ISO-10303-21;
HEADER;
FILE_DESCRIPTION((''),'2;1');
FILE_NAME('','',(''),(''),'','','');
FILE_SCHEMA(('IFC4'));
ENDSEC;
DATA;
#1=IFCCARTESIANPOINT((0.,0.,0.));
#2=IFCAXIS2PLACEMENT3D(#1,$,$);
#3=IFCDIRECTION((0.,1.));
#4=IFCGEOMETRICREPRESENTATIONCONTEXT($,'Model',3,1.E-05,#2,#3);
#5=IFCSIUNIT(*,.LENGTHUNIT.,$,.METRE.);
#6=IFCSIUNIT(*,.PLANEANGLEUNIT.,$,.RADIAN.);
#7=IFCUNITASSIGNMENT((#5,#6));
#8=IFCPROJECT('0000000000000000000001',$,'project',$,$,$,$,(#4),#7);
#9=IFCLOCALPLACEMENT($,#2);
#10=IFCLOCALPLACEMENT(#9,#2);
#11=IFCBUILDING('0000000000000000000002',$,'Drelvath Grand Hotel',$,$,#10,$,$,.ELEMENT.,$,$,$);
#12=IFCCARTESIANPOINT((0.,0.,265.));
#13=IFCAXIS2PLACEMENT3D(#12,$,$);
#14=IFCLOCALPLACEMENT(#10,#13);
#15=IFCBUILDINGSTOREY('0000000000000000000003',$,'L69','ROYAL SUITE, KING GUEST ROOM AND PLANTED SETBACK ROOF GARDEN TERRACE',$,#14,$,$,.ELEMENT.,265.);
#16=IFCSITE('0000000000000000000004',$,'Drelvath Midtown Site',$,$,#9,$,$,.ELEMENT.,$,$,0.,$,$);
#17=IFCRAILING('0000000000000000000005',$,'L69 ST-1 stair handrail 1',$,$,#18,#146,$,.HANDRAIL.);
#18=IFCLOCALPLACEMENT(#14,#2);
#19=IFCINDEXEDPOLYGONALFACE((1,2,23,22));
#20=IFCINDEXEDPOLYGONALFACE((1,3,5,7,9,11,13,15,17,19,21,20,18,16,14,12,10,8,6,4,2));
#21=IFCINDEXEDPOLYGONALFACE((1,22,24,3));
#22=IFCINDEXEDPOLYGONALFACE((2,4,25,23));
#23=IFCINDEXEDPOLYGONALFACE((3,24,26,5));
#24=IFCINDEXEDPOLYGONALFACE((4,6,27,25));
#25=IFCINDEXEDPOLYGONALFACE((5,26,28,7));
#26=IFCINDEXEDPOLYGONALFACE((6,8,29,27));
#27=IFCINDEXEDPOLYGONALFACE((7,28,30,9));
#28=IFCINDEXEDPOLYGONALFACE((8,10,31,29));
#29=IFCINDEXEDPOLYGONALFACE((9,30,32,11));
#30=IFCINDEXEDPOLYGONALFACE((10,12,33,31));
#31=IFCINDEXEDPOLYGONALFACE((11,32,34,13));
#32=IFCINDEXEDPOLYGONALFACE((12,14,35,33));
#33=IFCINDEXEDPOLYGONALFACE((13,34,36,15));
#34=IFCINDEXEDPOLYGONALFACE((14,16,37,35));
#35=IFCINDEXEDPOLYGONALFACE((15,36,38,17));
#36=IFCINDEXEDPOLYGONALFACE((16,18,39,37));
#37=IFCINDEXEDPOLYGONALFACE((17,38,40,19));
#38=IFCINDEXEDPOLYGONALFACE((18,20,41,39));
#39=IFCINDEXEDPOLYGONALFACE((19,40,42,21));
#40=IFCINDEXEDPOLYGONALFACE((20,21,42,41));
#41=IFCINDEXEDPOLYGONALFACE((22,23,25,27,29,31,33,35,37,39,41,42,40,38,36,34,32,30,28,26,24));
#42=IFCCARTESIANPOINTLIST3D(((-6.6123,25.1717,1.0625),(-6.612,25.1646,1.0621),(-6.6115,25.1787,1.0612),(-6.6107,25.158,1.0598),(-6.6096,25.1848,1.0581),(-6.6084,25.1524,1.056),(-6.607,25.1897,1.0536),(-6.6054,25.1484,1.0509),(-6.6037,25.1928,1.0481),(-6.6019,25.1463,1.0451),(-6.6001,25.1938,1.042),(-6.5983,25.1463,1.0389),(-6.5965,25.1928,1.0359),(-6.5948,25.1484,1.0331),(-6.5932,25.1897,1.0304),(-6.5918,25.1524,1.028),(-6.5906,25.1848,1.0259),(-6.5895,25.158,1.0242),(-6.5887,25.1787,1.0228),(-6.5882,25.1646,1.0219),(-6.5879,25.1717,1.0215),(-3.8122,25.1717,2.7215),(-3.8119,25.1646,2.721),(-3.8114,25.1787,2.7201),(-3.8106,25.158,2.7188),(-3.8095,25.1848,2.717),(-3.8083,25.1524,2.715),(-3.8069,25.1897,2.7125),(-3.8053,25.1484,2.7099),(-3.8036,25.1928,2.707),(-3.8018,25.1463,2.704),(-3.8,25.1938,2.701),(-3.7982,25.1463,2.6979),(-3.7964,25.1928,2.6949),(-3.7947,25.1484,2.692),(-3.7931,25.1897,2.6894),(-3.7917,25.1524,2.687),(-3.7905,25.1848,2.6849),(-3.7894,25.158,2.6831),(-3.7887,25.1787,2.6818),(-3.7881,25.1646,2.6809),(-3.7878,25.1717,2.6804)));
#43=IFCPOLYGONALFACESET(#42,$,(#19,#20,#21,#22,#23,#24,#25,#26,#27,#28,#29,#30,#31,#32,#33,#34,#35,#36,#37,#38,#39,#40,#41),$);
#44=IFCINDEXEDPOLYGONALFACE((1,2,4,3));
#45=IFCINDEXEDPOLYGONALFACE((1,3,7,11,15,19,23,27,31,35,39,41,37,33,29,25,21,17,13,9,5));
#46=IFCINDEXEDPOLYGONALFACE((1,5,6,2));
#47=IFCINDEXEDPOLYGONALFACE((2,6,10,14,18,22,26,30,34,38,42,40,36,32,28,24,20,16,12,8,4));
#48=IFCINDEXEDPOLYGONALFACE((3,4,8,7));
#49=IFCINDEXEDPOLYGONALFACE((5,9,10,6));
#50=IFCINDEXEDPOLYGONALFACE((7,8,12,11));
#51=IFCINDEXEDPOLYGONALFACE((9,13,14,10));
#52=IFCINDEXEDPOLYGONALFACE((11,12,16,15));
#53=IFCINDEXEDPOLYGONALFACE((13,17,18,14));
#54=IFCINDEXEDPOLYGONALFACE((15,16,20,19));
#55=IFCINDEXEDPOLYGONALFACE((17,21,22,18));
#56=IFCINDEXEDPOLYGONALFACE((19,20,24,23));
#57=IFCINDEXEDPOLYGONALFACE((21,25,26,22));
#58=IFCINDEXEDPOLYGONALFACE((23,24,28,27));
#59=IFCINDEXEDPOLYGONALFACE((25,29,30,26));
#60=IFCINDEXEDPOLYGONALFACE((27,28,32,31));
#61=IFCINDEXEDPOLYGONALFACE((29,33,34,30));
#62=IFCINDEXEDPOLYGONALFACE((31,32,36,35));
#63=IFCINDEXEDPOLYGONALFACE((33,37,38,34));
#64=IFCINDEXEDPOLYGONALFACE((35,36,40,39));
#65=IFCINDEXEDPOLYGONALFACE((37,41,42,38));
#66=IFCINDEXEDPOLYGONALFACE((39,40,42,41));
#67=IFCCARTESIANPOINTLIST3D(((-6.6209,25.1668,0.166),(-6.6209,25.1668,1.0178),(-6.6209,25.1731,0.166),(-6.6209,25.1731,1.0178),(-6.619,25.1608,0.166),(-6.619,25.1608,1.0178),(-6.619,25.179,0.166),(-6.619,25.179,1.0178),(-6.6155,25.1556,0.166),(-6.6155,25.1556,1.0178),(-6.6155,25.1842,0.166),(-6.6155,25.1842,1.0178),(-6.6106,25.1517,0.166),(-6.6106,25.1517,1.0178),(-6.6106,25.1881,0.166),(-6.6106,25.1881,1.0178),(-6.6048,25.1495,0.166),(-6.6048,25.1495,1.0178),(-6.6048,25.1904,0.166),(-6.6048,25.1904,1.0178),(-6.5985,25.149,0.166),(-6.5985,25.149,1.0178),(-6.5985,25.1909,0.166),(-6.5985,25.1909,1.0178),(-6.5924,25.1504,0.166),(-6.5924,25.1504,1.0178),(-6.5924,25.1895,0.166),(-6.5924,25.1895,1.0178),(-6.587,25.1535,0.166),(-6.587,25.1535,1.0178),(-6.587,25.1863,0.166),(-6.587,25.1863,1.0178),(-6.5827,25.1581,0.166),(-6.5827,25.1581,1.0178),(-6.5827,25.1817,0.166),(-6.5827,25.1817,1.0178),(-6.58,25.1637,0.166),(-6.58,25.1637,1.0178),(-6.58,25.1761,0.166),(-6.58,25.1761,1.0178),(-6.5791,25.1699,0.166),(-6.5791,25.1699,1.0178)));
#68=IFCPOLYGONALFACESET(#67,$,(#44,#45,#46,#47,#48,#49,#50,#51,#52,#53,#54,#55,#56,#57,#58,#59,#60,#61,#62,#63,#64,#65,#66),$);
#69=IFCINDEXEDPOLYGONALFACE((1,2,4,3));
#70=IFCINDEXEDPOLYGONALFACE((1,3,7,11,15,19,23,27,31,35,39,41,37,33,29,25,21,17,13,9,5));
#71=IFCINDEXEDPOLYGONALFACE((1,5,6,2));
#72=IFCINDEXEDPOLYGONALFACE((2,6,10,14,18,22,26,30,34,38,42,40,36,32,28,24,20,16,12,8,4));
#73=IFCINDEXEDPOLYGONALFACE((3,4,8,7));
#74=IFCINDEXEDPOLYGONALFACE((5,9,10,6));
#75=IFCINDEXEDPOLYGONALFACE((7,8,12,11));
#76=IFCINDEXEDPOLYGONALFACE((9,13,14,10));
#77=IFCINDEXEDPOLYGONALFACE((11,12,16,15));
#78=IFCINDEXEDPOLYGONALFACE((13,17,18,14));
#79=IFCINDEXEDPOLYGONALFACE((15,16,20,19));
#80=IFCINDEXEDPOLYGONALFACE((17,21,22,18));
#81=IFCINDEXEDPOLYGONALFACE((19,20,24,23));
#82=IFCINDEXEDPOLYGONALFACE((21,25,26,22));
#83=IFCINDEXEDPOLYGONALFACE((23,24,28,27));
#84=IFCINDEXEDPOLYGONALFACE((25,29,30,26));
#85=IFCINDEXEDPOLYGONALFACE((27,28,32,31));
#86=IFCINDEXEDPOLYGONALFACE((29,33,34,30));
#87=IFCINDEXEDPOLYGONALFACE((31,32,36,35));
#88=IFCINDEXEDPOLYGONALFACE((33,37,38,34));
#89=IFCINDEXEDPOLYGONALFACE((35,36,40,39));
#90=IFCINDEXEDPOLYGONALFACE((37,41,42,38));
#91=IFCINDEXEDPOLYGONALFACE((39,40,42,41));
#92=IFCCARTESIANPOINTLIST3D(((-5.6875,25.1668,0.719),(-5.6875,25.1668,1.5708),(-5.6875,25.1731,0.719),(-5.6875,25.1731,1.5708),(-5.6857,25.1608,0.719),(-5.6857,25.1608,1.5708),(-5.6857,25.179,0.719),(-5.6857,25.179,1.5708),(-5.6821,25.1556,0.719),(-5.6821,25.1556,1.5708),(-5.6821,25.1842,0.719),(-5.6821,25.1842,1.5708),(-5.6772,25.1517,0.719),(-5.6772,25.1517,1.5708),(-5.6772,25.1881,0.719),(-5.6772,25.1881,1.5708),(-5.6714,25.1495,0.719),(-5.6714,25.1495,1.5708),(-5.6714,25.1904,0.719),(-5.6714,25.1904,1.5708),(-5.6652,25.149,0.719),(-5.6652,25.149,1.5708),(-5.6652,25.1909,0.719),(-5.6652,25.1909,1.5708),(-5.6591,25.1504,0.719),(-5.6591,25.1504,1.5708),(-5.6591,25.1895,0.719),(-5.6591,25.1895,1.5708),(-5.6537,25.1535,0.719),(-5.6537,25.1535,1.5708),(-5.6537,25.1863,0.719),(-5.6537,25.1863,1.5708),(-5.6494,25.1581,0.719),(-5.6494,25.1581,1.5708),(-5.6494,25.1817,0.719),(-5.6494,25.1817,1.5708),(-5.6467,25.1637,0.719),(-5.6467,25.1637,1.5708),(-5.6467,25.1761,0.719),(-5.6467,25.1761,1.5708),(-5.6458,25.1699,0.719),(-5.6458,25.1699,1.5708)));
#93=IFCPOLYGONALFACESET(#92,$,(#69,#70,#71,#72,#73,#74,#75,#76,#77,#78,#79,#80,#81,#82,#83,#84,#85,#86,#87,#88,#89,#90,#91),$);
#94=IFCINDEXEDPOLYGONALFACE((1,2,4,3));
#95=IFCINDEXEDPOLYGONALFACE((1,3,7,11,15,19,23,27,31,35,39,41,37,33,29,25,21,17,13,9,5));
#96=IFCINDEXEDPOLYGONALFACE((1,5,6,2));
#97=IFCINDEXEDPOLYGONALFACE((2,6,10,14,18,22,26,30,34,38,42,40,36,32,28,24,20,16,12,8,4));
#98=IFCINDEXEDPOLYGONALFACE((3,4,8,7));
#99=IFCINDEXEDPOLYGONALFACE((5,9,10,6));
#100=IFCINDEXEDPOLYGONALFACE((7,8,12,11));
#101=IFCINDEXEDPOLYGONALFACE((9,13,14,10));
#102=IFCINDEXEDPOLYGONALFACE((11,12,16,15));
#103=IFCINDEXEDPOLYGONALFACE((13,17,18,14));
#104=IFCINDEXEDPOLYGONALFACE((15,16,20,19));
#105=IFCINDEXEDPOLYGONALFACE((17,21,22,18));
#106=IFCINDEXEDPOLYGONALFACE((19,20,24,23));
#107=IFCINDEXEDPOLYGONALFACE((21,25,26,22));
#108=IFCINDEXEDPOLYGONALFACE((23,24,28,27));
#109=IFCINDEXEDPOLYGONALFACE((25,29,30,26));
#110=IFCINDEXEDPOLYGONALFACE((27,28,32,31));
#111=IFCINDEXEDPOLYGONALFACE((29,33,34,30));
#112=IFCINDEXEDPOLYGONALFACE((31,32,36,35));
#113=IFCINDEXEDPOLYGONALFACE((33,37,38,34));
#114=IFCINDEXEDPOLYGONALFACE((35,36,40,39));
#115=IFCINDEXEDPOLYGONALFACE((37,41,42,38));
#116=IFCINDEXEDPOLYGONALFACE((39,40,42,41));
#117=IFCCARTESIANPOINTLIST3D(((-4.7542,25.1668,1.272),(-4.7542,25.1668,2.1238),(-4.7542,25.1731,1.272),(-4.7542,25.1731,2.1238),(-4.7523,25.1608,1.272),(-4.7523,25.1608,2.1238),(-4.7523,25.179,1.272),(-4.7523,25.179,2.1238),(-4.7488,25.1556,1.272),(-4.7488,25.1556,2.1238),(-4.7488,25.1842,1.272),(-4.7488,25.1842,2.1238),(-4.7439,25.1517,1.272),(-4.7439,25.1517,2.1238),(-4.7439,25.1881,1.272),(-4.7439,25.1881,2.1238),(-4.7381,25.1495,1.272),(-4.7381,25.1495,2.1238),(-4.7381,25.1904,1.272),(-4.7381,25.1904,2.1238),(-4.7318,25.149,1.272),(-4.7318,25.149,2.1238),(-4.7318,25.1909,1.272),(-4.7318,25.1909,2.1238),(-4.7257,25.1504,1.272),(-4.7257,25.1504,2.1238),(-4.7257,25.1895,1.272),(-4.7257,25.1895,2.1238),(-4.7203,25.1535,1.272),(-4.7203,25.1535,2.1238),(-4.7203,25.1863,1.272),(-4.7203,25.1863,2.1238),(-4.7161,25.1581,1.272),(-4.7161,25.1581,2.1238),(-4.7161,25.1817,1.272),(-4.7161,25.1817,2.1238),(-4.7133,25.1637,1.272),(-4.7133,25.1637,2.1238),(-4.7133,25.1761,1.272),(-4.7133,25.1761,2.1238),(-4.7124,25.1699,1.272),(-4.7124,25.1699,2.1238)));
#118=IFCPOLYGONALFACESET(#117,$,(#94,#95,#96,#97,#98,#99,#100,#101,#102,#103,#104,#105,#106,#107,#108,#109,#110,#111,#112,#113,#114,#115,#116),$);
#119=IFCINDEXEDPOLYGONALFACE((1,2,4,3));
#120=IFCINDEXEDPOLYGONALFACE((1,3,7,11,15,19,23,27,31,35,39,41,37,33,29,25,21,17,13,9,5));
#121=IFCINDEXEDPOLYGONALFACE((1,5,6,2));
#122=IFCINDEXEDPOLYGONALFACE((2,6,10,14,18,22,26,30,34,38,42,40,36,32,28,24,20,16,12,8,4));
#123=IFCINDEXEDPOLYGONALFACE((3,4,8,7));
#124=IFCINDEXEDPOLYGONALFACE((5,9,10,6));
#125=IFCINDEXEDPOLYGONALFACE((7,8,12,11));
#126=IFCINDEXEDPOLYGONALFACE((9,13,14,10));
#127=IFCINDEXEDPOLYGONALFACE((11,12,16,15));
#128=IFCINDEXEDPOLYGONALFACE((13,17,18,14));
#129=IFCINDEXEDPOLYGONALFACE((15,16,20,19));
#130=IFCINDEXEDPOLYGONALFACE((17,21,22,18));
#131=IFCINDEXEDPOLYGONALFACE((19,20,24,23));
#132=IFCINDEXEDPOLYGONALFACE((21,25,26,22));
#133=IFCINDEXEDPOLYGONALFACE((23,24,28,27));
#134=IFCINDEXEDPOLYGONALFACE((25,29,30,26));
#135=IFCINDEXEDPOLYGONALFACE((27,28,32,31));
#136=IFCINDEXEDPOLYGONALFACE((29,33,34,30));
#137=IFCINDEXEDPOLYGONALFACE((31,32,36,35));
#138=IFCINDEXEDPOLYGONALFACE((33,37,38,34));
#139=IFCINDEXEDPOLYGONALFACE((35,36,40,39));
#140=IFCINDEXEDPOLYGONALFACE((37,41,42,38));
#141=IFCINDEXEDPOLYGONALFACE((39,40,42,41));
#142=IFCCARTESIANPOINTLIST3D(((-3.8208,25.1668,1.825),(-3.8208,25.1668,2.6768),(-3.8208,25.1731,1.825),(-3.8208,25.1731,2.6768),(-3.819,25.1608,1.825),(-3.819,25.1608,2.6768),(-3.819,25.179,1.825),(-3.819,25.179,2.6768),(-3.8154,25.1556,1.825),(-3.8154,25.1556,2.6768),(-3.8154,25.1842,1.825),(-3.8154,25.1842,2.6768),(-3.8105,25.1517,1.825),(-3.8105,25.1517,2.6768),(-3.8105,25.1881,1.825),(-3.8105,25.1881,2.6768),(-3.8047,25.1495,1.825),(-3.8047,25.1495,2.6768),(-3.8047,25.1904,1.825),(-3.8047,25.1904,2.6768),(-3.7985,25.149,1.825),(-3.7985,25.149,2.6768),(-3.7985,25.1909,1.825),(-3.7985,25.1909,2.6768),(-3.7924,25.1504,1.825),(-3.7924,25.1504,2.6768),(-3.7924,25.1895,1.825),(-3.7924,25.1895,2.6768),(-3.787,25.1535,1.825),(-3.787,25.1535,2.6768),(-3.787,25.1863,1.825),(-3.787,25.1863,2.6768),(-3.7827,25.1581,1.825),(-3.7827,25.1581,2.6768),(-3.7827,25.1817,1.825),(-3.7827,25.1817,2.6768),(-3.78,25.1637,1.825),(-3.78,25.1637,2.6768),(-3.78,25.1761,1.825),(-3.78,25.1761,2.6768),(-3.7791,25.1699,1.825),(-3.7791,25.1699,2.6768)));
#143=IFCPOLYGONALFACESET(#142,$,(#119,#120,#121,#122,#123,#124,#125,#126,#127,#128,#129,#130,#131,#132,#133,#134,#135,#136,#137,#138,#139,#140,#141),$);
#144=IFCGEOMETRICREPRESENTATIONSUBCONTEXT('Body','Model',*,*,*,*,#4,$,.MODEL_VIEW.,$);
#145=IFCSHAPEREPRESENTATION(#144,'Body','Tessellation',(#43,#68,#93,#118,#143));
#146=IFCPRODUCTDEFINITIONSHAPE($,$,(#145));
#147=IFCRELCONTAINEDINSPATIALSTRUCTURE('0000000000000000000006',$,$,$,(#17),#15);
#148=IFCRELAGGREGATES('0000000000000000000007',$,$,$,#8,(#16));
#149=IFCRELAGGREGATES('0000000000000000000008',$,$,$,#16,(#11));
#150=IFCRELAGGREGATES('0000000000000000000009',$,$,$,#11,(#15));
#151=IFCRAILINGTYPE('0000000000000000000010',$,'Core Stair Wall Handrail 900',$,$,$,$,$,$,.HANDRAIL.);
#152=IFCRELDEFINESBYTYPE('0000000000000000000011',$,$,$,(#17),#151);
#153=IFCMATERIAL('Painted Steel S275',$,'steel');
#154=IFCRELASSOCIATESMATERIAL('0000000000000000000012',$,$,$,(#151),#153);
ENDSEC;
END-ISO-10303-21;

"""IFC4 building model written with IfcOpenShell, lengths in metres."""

from ifc_helpers import new_model, si_unit, direction, frame, origin, origin_2d, place, context, subcontext, project, spatial, circle, extrude, material, type_object, element, save


model = new_model("IFC4")

# Units and contexts
model_context = context("Model", 3, precision=1e-05, world=origin(), true_north=direction((0.0, 1.0)))
body_context = subcontext(model_context, "Body", "Model", "MODEL_VIEW")
ifc_project = project(units=[si_unit("LENGTHUNIT", "METRE"), si_unit("PLANEANGLEUNIT", "RADIAN")], contexts=[model_context])

# Site, building, storey
site_placement = place(None, origin())
site = spatial("IfcSite", under=ifc_project, at=site_placement, Name="Drelvath Midtown Site", CompositionType="ELEMENT", RefElevation=0.0)
building_placement = place(site_placement, origin())
building = spatial("IfcBuilding", under=site, at=building_placement, Name="Drelvath Grand Hotel", CompositionType="ELEMENT")
storey_placement = place(building_placement, frame((0.0, 0.0, 265.0)))
storey = spatial("IfcBuildingStorey", under=building, at=storey_placement, Name="L69", Description="ROYAL SUITE, KING GUEST ROOM AND PLANTED SETBACK ROOF GARDEN TERRACE", CompositionType="ELEMENT", Elevation=265.0)

# Shared definitions
ifc_material_1 = material(Name="Painted Steel S275", Category="steel")

# Railing
railing_type_1 = type_object("IfcRailingType", Name="Core Stair Wall Handrail 900", PredefinedType="HANDRAIL", material=ifc_material_1)
railing_1_placement = place(storey_placement, frame((-6.6001, 25.1699, 0.166)))
element("IfcRailing", 1, at=railing_1_placement, inside=storey, type_object=railing_type_1, Name="L69 ST-1 stair handrail 1", PredefinedType="HANDRAIL", context=body_context, shape_type="SweptSolid", body=[
    extrude(circle(Radius=0.0239, at=origin_2d()), frame((0.0, 0.0, 0.876), z_axis=(0.860339, 0.0, 0.509722), x_axis=(0.0, 1.0, 0.0)), (0.0, 0.0, 1.0), 3.2546),
    extrude(circle(Radius=0.021, at=origin_2d()), origin(), (0.0, 0.0, 1.0), 0.8518),
    extrude(circle(Radius=0.021, at=origin_2d()), frame((0.9333, 0.0, 0.553)), (0.0, 0.0, 1.0), 0.8518),
    extrude(circle(Radius=0.021, at=origin_2d()), frame((1.8667, 0.0, 1.106)), (0.0, 0.0, 1.0), 0.8518),
    extrude(circle(Radius=0.021, at=origin_2d()), frame((2.8, 0.0, 1.6589)), (0.0, 0.0, 1.0), 0.8518),
])

save(model, "model.ifc")
